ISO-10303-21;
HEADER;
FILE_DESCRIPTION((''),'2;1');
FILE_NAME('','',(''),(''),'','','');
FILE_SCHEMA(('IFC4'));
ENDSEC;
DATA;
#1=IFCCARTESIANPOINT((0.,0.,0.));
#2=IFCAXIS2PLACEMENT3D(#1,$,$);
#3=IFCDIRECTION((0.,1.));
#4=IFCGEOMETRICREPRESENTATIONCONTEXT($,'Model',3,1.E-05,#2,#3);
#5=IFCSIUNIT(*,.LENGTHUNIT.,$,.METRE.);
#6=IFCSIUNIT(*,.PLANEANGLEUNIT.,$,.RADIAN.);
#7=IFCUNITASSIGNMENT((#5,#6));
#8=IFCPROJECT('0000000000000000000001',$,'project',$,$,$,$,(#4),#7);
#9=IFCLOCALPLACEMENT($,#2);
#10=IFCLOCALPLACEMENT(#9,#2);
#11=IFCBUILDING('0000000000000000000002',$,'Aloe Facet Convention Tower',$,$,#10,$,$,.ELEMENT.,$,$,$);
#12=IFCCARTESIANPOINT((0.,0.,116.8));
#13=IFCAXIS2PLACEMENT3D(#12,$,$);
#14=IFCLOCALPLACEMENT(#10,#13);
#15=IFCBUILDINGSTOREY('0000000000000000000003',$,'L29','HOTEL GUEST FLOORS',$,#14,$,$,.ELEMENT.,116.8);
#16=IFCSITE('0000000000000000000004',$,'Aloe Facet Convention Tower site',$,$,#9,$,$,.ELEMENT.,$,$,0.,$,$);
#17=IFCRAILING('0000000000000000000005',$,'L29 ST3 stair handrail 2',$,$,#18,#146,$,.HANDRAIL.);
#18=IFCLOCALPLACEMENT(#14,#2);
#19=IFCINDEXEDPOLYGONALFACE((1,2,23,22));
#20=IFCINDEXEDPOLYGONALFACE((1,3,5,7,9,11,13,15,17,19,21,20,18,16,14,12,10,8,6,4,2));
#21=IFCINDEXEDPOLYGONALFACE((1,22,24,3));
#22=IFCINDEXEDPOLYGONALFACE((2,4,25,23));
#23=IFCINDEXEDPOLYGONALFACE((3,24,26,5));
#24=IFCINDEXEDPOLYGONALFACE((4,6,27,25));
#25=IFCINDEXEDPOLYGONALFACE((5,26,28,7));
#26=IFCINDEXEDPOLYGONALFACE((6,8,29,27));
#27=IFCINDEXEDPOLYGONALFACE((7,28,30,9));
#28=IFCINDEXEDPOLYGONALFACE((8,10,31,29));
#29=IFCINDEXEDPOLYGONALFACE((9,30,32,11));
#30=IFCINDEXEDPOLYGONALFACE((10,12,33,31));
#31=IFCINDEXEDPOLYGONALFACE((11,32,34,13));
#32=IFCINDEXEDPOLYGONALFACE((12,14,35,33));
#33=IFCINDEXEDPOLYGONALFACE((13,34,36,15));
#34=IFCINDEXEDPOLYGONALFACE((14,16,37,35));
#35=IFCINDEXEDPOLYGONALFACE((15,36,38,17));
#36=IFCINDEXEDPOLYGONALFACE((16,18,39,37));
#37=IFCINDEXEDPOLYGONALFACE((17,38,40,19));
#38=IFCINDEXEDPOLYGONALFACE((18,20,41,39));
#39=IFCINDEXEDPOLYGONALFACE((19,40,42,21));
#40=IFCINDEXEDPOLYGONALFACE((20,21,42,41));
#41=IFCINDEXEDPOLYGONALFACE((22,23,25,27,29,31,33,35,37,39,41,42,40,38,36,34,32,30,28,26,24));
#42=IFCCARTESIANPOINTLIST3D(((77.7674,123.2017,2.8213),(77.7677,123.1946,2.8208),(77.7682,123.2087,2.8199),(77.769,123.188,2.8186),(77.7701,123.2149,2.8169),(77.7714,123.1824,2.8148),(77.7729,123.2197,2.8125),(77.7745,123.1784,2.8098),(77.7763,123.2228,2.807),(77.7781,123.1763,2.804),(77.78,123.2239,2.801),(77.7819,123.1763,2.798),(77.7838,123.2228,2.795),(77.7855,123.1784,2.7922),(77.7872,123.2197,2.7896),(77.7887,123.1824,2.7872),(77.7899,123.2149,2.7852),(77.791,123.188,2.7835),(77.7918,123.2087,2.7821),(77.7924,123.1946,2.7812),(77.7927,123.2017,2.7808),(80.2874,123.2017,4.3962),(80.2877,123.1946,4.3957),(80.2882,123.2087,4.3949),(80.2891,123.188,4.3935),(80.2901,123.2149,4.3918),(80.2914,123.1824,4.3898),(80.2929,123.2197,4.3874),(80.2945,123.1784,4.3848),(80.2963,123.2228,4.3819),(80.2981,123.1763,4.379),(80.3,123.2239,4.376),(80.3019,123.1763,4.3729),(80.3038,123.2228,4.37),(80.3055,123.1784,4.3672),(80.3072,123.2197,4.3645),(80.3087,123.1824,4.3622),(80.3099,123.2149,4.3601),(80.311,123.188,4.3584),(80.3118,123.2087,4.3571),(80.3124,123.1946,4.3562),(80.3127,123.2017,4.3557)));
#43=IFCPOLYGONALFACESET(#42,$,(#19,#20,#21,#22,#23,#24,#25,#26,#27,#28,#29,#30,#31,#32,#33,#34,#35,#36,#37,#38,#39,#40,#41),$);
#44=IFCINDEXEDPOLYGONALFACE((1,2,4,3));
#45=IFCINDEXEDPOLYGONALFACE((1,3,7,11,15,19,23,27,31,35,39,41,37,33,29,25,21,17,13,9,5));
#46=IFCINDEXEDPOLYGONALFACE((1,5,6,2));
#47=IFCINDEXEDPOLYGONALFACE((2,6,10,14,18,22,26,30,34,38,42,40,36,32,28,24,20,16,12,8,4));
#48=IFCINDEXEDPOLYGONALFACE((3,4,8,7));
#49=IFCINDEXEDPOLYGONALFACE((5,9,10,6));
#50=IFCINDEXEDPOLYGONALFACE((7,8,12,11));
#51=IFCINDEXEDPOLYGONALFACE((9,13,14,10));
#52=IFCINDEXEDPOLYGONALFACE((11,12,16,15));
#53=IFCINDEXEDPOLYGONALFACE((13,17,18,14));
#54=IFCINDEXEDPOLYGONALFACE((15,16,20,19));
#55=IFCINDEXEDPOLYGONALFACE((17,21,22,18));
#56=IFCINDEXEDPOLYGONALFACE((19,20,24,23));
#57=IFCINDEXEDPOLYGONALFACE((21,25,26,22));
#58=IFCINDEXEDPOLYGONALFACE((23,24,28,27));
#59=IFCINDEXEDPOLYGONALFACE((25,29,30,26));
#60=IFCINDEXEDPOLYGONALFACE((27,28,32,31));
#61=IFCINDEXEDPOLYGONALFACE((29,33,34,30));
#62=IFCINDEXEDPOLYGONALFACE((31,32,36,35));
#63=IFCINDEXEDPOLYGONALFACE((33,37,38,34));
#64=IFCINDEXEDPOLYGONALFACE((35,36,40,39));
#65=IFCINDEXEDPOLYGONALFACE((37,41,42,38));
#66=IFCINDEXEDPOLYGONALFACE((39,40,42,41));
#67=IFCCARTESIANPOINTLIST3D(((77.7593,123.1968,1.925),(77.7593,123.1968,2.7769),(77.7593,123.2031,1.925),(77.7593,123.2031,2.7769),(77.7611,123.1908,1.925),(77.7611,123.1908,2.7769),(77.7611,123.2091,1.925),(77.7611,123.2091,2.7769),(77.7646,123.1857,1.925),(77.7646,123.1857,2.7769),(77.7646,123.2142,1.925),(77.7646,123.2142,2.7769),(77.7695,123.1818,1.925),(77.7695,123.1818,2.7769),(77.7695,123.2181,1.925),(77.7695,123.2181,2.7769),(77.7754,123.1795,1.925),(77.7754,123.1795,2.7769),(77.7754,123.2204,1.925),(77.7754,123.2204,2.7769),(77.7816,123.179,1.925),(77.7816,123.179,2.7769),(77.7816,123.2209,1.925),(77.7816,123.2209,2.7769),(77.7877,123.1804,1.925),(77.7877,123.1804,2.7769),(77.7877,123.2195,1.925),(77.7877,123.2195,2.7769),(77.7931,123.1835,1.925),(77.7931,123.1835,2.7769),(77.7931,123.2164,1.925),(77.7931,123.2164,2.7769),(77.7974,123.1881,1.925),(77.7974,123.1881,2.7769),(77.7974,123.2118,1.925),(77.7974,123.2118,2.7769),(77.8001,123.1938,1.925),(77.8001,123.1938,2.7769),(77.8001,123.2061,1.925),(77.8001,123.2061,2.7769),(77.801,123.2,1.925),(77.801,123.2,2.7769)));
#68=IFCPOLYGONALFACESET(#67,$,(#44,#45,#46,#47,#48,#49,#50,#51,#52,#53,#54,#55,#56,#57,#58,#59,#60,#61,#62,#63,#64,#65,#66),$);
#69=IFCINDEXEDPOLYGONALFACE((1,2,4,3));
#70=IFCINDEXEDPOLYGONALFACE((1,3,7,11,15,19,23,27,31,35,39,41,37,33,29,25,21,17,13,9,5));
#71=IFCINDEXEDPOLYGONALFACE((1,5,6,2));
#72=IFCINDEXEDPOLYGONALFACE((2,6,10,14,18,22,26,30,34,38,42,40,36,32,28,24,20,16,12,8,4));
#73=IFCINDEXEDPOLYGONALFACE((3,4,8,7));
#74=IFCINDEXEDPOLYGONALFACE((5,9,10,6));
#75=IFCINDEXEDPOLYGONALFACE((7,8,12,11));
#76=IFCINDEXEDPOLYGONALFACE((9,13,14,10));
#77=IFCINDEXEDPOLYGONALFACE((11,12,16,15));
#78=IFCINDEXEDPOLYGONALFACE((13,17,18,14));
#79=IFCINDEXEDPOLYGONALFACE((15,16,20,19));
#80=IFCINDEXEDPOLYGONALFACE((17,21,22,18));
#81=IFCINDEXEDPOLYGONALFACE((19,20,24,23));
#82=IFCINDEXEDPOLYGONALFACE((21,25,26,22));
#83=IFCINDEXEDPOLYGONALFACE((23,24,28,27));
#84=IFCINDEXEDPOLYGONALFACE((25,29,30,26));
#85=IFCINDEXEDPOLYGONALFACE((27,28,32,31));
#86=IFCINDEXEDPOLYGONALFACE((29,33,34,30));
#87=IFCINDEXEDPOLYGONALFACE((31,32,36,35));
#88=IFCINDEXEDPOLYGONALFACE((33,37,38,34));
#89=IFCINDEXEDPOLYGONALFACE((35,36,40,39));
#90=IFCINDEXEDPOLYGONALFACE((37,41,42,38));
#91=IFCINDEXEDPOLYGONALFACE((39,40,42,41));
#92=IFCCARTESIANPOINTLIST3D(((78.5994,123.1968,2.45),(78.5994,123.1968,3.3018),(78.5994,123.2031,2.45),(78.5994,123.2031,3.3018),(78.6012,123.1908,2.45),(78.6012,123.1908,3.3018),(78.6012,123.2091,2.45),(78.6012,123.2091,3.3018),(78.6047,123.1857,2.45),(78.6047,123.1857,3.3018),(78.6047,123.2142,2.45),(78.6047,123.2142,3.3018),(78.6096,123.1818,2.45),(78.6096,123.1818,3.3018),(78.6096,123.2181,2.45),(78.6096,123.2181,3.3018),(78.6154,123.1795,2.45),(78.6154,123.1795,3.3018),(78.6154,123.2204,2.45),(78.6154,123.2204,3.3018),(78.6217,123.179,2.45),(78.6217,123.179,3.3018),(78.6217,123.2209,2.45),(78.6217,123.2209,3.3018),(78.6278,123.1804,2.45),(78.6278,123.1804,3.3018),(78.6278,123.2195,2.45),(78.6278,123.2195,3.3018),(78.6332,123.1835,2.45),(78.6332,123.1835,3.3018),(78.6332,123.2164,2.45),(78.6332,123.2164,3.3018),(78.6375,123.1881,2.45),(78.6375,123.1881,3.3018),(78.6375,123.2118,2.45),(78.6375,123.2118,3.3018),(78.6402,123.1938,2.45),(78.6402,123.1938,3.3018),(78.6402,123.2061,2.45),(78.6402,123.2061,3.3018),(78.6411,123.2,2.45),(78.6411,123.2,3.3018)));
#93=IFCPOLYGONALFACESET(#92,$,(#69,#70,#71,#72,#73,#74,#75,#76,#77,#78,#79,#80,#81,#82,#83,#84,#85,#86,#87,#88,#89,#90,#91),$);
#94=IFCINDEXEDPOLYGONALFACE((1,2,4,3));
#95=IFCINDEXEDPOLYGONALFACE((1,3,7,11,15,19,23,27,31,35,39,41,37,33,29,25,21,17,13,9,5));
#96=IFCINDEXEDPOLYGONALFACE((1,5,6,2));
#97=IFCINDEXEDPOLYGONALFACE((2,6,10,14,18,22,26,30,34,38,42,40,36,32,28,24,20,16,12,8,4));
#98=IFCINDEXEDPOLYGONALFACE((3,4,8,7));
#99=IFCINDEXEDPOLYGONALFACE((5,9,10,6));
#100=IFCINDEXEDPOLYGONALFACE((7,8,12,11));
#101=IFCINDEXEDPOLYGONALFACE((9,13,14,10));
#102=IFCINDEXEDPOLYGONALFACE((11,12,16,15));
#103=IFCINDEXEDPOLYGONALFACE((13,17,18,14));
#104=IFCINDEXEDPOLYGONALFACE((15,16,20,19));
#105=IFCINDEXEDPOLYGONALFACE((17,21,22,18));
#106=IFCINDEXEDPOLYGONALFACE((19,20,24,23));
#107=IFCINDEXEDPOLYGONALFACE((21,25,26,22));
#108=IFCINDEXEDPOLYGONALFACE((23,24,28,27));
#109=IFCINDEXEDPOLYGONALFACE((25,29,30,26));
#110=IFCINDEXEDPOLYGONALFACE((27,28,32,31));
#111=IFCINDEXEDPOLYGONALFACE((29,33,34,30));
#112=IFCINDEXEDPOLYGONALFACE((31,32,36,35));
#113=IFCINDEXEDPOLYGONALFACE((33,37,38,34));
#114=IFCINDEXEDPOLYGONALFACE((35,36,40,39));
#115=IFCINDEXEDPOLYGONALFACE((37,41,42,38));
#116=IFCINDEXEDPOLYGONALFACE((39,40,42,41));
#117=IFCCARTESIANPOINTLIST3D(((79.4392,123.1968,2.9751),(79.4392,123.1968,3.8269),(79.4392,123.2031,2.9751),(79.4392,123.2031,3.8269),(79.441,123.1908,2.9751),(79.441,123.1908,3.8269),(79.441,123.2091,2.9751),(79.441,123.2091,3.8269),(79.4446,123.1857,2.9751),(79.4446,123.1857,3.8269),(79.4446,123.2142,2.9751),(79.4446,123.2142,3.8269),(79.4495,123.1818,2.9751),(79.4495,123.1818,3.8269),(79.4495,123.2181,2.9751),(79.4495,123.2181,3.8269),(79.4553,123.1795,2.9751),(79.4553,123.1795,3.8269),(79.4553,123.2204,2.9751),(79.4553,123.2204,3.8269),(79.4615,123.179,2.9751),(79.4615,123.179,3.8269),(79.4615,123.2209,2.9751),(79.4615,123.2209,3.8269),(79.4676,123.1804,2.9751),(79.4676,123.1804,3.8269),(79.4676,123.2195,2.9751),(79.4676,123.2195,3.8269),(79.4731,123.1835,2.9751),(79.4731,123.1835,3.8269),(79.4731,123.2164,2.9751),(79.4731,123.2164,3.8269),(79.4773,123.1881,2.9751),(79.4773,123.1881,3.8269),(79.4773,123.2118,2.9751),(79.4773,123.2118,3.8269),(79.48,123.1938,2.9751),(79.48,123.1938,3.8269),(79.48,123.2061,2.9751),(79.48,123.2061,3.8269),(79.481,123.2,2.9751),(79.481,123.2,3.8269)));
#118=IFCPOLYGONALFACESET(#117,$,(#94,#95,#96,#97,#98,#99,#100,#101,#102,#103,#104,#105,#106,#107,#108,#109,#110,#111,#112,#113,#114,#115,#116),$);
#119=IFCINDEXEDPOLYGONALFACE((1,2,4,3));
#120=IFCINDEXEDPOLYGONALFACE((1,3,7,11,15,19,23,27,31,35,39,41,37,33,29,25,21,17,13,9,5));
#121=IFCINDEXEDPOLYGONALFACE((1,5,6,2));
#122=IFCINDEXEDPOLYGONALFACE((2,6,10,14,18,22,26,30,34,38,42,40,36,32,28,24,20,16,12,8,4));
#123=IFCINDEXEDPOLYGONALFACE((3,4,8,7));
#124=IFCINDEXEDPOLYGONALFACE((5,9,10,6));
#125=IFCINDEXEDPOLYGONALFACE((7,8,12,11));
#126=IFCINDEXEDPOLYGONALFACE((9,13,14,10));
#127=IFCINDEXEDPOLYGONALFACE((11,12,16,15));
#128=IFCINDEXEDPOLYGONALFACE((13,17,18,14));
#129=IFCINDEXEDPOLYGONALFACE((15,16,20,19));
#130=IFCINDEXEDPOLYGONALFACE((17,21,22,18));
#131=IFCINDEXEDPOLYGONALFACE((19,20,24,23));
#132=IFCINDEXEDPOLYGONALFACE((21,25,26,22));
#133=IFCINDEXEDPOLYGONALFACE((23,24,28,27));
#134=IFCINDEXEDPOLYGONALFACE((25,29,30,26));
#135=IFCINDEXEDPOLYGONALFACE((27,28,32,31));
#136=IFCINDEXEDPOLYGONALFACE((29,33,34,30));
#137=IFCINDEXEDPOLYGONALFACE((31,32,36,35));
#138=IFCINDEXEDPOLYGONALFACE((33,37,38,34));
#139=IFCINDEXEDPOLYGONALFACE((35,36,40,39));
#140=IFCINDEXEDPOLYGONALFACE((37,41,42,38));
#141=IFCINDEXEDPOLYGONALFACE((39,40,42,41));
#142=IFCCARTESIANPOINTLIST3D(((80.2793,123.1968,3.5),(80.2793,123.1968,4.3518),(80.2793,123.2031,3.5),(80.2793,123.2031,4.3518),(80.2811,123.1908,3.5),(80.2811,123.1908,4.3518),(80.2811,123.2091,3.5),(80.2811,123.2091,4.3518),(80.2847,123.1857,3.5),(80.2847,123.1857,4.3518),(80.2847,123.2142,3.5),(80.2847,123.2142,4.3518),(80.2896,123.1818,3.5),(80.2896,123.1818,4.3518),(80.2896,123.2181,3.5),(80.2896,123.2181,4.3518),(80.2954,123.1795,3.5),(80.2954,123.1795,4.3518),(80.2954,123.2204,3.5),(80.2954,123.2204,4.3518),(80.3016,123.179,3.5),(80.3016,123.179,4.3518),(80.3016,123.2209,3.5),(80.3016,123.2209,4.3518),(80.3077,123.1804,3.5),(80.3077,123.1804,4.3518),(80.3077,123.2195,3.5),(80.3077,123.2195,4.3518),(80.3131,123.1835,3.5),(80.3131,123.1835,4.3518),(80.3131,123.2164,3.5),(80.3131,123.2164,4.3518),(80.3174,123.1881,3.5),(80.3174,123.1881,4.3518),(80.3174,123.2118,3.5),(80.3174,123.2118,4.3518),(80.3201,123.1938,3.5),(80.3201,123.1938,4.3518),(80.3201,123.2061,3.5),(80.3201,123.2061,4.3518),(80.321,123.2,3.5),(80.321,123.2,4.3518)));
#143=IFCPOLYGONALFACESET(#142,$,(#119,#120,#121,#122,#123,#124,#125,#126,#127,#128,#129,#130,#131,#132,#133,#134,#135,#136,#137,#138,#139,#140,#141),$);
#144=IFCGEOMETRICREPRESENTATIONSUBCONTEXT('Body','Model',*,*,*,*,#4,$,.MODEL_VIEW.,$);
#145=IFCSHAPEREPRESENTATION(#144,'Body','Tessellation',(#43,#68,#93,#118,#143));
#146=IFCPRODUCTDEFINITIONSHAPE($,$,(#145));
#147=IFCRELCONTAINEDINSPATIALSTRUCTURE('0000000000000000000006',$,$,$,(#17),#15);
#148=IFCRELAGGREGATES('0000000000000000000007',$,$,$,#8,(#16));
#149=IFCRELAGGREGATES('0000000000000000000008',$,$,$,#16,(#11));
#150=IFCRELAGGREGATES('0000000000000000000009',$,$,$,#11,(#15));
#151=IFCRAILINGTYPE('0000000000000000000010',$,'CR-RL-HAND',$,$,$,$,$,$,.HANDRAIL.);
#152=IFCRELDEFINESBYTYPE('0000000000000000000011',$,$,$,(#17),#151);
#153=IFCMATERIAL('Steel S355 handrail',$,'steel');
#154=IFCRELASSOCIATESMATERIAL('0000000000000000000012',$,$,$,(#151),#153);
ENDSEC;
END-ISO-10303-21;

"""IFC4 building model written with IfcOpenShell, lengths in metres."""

from ifc_helpers import new_model, si_unit, direction, frame, origin, origin_2d, place, context, subcontext, project, spatial, circle, extrude, material, type_object, element, save


model = new_model("IFC4")

# Units and contexts
model_context = context("Model", 3, precision=1e-05, world=origin(), true_north=direction((0.0, 1.0)))
body_context = subcontext(model_context, "Body", "Model", "MODEL_VIEW")
ifc_project = project(units=[si_unit("LENGTHUNIT", "METRE"), si_unit("PLANEANGLEUNIT", "RADIAN")], contexts=[model_context])

# Site, building, storey
site_placement = place(None, origin())
site = spatial("IfcSite", under=ifc_project, at=site_placement, Name="Aloe Facet Convention Tower site", CompositionType="ELEMENT", RefElevation=0.0)
building_placement = place(site_placement, origin())
building = spatial("IfcBuilding", under=site, at=building_placement, Name="Aloe Facet Convention Tower", CompositionType="ELEMENT")
storey_placement = place(building_placement, frame((0.0, 0.0, 116.8)))
storey = spatial("IfcBuildingStorey", under=building, at=storey_placement, Name="L29", Description="HOTEL GUEST FLOORS", CompositionType="ELEMENT", Elevation=116.8)

# Railing
ifc_material_1 = material(Name="Steel S355 handrail", Category="steel")
railing_type_1 = type_object("IfcRailingType", Name="CR-RL-HAND", PredefinedType="HANDRAIL", material=ifc_material_1)
railing_1_placement = place(storey_placement, frame((77.78, 123.2, 1.925)))
element("IfcRailing", 1, at=railing_1_placement, inside=storey, type_object=railing_type_1, Name="L29 ST3 stair handrail 2", PredefinedType="HANDRAIL", context=body_context, shape_type="SweptSolid", body=[
    extrude(circle(Radius=0.0239, at=origin_2d()), frame((0.0, 0.0, 0.876), z_axis=(0.848008, 0.0, 0.529984), x_axis=(0.0, 1.0, 0.0)), (0.0, 0.0, 1.0), 2.9717),
    extrude(circle(Radius=0.021, at=origin_2d()), origin(), (0.0, 0.0, 1.0), 0.8518),
    extrude(circle(Radius=0.021, at=origin_2d()), frame((0.8401, 0.0, 0.5249)), (0.0, 0.0, 1.0), 0.8518),
    extrude(circle(Radius=0.021, at=origin_2d()), frame((1.6799, 0.0, 1.05)), (0.0, 0.0, 1.0), 0.8518),
    extrude(circle(Radius=0.021, at=origin_2d()), frame((2.52, 0.0, 1.575)), (0.0, 0.0, 1.0), 0.8518),
])

save(model, "model.ifc")
